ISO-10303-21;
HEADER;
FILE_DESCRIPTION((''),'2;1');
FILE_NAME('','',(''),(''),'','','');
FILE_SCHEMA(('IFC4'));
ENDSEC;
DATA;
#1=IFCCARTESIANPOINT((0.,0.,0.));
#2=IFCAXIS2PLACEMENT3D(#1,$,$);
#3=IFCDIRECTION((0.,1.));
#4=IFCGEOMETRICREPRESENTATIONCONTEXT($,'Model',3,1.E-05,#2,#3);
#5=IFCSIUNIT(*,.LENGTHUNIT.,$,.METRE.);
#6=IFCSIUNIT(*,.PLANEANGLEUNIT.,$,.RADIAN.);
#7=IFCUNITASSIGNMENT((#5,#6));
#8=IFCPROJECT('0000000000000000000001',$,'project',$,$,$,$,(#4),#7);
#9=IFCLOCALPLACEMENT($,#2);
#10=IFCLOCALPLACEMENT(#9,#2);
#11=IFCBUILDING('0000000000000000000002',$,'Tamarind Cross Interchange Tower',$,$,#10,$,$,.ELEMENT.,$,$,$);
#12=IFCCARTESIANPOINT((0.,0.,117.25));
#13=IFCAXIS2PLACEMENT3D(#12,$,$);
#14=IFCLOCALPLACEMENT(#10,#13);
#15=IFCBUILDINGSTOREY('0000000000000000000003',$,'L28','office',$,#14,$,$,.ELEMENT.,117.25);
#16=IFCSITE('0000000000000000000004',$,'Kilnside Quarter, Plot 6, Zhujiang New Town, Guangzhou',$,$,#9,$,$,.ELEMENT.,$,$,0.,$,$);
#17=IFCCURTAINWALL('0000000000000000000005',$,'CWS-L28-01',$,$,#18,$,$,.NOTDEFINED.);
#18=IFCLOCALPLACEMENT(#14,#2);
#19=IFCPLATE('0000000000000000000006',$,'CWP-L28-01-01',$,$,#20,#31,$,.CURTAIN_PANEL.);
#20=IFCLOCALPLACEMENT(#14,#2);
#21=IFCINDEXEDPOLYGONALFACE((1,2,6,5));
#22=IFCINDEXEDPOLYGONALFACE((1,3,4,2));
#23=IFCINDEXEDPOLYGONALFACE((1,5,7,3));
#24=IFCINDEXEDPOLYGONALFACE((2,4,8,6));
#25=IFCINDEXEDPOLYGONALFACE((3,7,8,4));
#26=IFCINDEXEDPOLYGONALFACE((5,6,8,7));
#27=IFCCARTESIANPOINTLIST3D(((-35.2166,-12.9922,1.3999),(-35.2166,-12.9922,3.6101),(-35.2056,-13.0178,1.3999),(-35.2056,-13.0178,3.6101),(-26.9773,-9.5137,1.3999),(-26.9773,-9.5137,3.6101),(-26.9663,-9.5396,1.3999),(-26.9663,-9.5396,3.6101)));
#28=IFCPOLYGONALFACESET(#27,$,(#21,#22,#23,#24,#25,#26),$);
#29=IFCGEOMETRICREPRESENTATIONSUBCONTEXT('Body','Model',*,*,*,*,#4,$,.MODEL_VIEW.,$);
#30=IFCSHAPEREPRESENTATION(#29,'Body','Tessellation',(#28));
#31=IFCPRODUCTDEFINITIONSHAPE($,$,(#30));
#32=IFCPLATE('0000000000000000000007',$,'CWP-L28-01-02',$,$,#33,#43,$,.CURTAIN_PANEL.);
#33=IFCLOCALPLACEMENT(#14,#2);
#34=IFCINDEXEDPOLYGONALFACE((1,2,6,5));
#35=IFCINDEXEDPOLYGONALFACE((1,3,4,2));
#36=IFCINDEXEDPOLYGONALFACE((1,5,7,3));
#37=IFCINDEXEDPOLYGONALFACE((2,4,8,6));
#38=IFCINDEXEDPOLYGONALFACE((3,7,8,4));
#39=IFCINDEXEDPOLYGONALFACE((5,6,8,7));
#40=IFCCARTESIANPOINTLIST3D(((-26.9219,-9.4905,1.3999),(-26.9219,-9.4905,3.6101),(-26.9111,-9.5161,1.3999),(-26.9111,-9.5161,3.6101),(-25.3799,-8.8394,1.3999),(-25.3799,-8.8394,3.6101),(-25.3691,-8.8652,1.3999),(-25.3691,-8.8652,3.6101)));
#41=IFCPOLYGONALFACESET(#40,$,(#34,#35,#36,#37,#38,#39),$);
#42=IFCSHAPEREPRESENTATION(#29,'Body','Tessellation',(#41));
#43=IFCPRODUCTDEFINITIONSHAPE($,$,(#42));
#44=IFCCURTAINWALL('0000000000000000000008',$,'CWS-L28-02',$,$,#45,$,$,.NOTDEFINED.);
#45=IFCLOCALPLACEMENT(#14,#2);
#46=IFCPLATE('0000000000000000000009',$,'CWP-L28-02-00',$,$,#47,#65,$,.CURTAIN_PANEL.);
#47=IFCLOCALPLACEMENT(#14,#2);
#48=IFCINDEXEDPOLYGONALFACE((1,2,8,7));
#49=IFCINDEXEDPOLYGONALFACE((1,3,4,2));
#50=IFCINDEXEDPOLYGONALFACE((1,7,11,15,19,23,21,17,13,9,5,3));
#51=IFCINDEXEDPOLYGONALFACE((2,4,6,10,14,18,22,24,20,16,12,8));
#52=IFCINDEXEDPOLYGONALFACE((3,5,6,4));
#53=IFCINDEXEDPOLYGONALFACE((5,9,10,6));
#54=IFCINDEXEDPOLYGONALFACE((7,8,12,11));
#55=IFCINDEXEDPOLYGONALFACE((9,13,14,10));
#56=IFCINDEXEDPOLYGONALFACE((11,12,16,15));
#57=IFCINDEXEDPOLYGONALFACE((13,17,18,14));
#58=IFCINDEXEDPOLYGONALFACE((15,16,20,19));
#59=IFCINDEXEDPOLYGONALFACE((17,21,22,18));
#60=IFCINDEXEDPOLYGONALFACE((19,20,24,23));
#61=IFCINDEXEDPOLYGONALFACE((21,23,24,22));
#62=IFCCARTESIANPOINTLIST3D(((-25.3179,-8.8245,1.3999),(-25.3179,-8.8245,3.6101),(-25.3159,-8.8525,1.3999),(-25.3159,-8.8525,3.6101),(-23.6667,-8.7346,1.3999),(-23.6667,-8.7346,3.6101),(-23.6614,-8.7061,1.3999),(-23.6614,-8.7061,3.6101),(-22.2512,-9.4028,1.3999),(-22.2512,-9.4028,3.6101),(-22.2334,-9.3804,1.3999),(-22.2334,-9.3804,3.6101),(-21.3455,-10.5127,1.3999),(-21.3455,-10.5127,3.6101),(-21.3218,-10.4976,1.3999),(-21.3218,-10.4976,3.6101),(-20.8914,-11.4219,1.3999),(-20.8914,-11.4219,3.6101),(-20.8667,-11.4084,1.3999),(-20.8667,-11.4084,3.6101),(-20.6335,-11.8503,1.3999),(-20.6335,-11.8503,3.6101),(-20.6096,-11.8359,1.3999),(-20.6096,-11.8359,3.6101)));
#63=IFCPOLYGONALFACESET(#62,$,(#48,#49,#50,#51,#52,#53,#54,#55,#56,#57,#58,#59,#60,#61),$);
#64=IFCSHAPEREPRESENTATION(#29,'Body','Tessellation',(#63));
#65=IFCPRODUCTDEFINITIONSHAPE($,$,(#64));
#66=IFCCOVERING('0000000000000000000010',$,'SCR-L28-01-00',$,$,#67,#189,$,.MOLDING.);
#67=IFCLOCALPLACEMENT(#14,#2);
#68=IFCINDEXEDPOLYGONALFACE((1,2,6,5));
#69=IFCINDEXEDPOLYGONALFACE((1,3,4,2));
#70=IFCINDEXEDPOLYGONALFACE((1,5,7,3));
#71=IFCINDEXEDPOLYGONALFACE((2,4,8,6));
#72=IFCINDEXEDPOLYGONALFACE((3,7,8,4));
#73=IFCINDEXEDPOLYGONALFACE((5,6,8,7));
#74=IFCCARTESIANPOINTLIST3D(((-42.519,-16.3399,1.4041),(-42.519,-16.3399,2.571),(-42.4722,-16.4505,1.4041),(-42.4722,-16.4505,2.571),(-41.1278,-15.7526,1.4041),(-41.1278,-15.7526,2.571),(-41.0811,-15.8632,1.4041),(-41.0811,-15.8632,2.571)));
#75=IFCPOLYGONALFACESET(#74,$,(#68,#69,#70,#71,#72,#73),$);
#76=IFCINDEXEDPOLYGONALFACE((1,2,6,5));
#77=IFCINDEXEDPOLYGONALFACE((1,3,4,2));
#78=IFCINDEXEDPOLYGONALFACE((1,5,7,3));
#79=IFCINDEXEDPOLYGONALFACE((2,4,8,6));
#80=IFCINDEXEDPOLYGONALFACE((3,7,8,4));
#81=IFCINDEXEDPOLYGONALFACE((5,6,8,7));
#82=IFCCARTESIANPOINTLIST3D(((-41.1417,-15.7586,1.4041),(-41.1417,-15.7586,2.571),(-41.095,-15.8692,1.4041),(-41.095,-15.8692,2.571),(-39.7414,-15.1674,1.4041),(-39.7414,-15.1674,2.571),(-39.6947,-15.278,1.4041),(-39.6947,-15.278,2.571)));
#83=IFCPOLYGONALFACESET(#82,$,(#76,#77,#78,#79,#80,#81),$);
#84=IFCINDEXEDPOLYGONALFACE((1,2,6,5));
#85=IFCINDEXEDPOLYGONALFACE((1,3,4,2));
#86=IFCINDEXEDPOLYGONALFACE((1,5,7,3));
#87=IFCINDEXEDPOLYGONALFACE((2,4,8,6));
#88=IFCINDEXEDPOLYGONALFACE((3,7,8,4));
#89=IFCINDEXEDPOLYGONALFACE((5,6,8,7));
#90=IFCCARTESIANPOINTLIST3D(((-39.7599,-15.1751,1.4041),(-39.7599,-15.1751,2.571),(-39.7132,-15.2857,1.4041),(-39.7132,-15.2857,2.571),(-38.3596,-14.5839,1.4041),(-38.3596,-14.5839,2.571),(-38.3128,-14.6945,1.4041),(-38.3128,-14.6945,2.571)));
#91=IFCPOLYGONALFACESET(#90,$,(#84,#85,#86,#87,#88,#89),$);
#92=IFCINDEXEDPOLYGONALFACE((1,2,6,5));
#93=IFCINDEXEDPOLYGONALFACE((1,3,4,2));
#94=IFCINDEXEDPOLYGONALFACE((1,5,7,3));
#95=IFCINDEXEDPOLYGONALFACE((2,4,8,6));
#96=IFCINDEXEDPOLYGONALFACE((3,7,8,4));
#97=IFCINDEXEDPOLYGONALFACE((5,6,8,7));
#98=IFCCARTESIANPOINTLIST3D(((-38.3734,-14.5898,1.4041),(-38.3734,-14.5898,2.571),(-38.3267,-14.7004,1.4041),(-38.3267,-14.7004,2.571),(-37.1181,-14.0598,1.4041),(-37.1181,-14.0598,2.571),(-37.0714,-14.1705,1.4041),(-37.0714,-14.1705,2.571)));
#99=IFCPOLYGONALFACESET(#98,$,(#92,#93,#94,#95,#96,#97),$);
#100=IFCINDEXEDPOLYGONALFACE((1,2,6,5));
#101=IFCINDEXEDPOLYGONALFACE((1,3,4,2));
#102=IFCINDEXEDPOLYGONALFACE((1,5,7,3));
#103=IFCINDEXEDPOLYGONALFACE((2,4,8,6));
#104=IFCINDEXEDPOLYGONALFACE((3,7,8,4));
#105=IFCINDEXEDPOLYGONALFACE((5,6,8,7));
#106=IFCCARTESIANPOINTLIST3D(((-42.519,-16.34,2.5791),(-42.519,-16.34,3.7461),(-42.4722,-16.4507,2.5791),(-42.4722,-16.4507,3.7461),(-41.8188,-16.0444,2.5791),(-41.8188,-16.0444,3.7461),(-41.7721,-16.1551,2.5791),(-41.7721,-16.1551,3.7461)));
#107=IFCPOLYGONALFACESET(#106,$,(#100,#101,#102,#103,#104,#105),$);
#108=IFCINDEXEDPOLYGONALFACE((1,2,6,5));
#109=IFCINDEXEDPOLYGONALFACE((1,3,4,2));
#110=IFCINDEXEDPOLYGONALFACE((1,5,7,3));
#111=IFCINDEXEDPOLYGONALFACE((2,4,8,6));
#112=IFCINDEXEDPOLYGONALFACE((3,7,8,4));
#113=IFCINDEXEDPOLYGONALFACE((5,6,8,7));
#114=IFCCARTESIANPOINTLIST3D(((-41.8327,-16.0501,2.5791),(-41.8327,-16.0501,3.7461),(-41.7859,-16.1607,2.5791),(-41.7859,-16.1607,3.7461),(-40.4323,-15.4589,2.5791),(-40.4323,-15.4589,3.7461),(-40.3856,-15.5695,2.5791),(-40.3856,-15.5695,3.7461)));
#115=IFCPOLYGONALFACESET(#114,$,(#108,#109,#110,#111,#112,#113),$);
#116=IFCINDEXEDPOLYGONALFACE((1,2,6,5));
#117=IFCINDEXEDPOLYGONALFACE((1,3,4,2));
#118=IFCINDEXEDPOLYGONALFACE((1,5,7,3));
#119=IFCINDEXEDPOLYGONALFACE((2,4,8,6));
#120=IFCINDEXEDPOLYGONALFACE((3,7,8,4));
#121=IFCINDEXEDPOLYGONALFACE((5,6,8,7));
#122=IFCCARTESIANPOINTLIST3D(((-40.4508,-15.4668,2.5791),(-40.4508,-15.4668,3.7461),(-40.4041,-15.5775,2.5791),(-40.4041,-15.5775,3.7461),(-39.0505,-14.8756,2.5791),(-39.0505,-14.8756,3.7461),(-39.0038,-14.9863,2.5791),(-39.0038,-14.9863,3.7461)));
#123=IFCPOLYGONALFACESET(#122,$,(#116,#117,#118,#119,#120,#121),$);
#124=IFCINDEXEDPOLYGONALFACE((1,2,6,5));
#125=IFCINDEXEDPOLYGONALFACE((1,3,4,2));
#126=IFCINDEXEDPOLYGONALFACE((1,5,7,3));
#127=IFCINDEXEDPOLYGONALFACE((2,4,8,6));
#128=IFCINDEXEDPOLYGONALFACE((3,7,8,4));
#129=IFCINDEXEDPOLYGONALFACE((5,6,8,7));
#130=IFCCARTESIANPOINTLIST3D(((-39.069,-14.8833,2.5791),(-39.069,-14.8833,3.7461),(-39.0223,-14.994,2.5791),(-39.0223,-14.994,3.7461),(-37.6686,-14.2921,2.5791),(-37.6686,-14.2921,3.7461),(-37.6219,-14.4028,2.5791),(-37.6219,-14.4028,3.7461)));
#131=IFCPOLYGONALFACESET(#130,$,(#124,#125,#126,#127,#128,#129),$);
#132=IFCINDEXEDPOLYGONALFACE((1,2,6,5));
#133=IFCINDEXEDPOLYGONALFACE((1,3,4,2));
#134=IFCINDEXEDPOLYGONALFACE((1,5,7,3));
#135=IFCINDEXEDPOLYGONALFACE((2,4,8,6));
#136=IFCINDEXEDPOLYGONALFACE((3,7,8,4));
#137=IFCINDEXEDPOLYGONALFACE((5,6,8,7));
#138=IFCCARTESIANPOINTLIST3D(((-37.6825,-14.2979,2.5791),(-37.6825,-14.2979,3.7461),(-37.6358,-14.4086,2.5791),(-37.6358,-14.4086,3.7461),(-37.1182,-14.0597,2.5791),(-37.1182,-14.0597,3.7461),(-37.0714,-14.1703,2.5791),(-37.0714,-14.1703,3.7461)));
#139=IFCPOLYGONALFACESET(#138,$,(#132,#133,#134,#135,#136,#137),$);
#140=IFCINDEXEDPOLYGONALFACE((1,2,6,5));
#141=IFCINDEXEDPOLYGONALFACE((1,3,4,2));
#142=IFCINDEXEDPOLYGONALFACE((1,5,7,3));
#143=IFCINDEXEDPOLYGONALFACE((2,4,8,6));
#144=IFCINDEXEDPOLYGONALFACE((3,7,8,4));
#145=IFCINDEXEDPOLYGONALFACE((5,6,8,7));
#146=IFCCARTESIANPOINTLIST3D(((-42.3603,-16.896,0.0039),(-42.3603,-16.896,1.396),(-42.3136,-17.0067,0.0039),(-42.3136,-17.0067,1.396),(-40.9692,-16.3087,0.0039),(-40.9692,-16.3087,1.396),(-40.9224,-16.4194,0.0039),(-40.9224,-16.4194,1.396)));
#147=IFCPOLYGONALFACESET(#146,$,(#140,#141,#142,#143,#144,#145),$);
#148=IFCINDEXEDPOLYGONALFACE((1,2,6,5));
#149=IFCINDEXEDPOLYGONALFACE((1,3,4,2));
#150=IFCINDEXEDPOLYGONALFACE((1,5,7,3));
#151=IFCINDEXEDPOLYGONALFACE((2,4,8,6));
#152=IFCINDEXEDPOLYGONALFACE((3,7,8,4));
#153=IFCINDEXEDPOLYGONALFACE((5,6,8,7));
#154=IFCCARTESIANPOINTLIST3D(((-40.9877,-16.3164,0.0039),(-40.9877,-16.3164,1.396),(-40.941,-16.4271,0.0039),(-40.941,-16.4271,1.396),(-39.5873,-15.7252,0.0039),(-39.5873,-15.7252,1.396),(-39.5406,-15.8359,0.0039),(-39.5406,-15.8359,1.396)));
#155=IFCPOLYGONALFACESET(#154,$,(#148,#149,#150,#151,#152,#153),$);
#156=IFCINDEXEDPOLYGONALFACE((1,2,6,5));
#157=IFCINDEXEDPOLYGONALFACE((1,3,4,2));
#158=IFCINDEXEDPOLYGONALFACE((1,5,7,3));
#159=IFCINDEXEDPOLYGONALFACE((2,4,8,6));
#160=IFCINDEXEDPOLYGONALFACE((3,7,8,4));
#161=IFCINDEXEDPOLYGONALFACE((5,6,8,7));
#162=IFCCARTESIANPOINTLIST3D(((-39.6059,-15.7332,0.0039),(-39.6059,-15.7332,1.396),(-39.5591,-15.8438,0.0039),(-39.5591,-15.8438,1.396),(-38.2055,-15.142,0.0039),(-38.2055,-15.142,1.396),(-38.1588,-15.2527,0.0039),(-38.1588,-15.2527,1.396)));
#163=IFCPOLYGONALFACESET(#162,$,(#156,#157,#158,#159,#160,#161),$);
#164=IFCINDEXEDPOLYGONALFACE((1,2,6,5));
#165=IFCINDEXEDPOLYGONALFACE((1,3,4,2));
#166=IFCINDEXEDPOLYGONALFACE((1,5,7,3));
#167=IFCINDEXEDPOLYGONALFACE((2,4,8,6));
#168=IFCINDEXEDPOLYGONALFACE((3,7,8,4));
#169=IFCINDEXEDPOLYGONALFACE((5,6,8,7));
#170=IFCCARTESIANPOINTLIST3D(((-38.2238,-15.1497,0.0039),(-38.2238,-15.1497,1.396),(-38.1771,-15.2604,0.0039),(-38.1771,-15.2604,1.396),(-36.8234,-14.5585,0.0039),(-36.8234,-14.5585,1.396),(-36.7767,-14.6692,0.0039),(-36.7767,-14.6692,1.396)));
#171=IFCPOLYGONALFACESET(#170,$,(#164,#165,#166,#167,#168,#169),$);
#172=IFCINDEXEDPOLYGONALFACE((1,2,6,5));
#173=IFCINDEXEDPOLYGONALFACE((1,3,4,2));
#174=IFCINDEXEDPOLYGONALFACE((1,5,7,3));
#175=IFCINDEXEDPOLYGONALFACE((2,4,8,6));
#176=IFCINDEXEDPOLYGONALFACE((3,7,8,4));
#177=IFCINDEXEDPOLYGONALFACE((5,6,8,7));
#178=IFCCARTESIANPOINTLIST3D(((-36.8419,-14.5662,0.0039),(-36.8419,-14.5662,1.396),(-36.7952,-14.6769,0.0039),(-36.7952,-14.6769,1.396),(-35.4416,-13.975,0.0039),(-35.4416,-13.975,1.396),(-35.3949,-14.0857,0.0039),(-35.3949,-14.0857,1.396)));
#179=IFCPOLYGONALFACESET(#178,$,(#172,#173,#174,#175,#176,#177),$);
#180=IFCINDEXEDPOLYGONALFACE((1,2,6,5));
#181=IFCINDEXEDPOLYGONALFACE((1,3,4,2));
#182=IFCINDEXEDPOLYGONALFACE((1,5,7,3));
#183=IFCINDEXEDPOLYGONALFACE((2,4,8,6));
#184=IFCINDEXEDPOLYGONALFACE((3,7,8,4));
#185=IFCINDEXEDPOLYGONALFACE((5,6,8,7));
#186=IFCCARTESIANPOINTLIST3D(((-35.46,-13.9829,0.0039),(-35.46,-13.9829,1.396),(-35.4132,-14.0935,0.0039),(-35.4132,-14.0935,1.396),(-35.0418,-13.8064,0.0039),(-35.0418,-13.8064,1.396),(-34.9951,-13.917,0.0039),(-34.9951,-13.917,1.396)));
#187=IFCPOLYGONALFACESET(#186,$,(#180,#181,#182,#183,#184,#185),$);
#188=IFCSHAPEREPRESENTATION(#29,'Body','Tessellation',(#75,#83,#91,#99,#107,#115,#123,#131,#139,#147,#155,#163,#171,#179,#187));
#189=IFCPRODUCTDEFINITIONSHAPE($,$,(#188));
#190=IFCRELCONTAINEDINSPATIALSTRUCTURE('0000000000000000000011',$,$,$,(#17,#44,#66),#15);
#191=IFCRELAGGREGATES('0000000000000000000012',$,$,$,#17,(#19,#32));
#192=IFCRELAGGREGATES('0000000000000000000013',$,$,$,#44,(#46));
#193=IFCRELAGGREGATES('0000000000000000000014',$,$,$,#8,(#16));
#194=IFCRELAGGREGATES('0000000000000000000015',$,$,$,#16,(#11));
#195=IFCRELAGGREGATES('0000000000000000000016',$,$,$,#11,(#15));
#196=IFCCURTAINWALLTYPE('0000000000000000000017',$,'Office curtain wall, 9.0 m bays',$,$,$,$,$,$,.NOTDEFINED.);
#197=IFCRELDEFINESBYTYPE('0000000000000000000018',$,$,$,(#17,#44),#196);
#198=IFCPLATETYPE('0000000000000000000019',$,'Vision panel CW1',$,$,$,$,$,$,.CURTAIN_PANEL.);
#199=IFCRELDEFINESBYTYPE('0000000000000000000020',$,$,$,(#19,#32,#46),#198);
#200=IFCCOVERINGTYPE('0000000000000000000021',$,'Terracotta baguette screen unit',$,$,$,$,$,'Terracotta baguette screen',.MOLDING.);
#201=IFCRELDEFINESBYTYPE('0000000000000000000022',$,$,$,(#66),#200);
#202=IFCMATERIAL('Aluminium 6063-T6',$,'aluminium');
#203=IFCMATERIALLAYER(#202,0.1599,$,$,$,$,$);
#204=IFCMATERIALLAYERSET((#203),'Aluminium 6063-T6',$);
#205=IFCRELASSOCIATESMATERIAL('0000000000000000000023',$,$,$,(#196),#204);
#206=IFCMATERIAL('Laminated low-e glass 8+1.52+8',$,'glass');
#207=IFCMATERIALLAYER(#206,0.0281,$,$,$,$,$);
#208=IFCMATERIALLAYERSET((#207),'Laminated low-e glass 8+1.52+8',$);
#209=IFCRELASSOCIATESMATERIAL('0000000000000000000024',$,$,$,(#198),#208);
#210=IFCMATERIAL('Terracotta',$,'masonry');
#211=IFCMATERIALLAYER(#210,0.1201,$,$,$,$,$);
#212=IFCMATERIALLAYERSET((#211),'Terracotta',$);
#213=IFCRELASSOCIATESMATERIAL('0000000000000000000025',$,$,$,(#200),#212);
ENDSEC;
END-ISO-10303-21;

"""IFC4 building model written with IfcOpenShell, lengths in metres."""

from ifc_helpers import new_model, si_unit, direction, frame, origin, origin_2d, place, context, subcontext, project, spatial, polyline, rectangle, outline, extrude, material, layer, layer_set, type_object, element, aggregate, save


model = new_model("IFC4")

# Units and contexts
model_context = context("Model", 3, precision=1e-05, world=origin(), true_north=direction((0.0, 1.0)))
body_context = subcontext(model_context, "Body", "Model", "MODEL_VIEW")
ifc_project = project(units=[si_unit("LENGTHUNIT", "METRE"), si_unit("PLANEANGLEUNIT", "RADIAN")], contexts=[model_context])

# Site, building, storey
site_placement = place(None, origin())
site = spatial("IfcSite", under=ifc_project, at=site_placement, Name="Kilnside Quarter, Plot 6, Zhujiang New Town, Guangzhou", CompositionType="ELEMENT", RefElevation=0.0)
building_placement = place(site_placement, origin())
building = spatial("IfcBuilding", under=site, at=building_placement, Name="Tamarind Cross Interchange Tower", CompositionType="ELEMENT")
storey_placement = place(building_placement, frame((0.0, 0.0, 117.25)))
storey = spatial("IfcBuildingStorey", under=building, at=storey_placement, Name="L28", Description="office", CompositionType="ELEMENT", Elevation=117.25)

# Curtain wall
ifc_material_1 = material(Name="Aluminium 6063-T6", Category="aluminium")
ifc_layer_1 = layer(ifc_material_1, 0.1599)
ifc_layer_set_1 = layer_set([ifc_layer_1], Name="Aluminium 6063-T6")
curtain_wall_type = type_object("IfcCurtainWallType", Name="Office curtain wall, 9.0 m bays", PredefinedType="NOTDEFINED", material=ifc_layer_set_1)
curtain_wall_1_placement = place(storey_placement, origin())
curtain_wall_1 = element("IfcCurtainWall", 1, at=curtain_wall_1_placement, inside=storey, type_object=curtain_wall_type, Name="CWS-L28-01", PredefinedType="NOTDEFINED")

# Plates
ifc_material_2 = material(Name="Laminated low-e glass 8+1.52+8", Category="glass")
ifc_layer_2 = layer(ifc_material_2, 0.0281)
ifc_layer_set_2 = layer_set([ifc_layer_2], Name="Laminated low-e glass 8+1.52+8")
plate_type = type_object("IfcPlateType", Name="Vision panel CW1", PredefinedType="CURTAIN_PANEL", material=ifc_layer_set_2)
plate_1_placement = place(storey_placement, frame((0.0, 0.0, 1.3999)))
plate_1 = element("IfcPlate", 2, at=plate_1_placement, type_object=plate_type, Name="CWP-L28-01-01", PredefinedType="CURTAIN_PANEL", context=body_context, shape_type="SweptSolid", body=[
    extrude(outline(polyline([(-35.2166, -12.9922), (-26.9773, -9.5137), (-26.9663, -9.5396), (-35.2056, -13.0178), (-35.2166, -12.9922)])), origin(), (0.0, 0.0, 1.0), 2.2102),
])
plate_2_placement = place(storey_placement, frame((0.0, 0.0, 1.3999)))
plate_2 = element("IfcPlate", 3, at=plate_2_placement, type_object=plate_type, Name="CWP-L28-01-02", PredefinedType="CURTAIN_PANEL", context=body_context, shape_type="SweptSolid", body=[
    extrude(outline(polyline([(-26.9219, -9.4905), (-25.3799, -8.8394), (-25.3691, -8.8652), (-26.9111, -9.5161), (-26.9219, -9.4905)])), origin(), (0.0, 0.0, 1.0), 2.2102),
])
aggregate(curtain_wall_1, [plate_1, plate_2])

# Curtain wall, plate
curtain_wall_2_placement = place(storey_placement, origin())
curtain_wall_2 = element("IfcCurtainWall", 4, at=curtain_wall_2_placement, inside=storey, type_object=curtain_wall_type, Name="CWS-L28-02", PredefinedType="NOTDEFINED")
plate_3_placement = place(storey_placement, frame((0.0, 0.0, 1.3999)))
plate_3 = element("IfcPlate", 5, at=plate_3_placement, type_object=plate_type, Name="CWP-L28-02-00", PredefinedType="CURTAIN_PANEL", context=body_context, shape_type="SweptSolid", body=[
    extrude(outline(polyline([(-25.3179, -8.8245), (-23.6614, -8.7061), (-22.2334, -9.3804), (-21.3218, -10.4976), (-20.8667, -11.4084), (-20.6096, -11.8359), (-20.6335, -11.8503), (-20.8914, -11.4219), (-21.3455, -10.5127), (-22.2512, -9.4028), (-23.6667, -8.7346), (-25.3159, -8.8525), (-25.3179, -8.8245)])), origin(), (0.0, 0.0, 1.0), 2.2102),
])
aggregate(curtain_wall_2, [plate_3])

# Covering
ifc_material_3 = material(Name="Terracotta", Category="masonry")
ifc_layer_3 = layer(ifc_material_3, 0.1201)
ifc_layer_set_3 = layer_set([ifc_layer_3], Name="Terracotta")
covering_type = type_object("IfcCoveringType", Name="Terracotta baguette screen unit", ElementType="Terracotta baguette screen", PredefinedType="MOLDING", material=ifc_layer_set_3)
covering_1_placement = place(storey_placement, origin())
element("IfcCovering", 6, at=covering_1_placement, inside=storey, type_object=covering_type, Name="SCR-L28-01-00", PredefinedType="MOLDING", context=body_context, shape_type="SweptSolid", body=[
    extrude(rectangle(XDim=1.51, YDim=0.1201, at=origin_2d()), frame((-41.8, -16.1016, 1.4041), z_axis=(0.0, 0.0, 1.0), x_axis=(0.921264, 0.388939, 0.0)), (0.0, 0.0, 1.0), 1.167),
    extrude(rectangle(XDim=1.52, YDim=0.1201, at=origin_2d()), frame((-40.4182, -15.5183, 1.4041), z_axis=(0.0, 0.0, 1.0), x_axis=(0.921264, 0.388939, 0.0)), (0.0, 0.0, 1.0), 1.167),
    extrude(rectangle(XDim=1.52, YDim=0.1201, at=origin_2d()), frame((-39.0364, -14.9348, 1.4041), z_axis=(0.0, 0.0, 1.0), x_axis=(0.921264, 0.388939, 0.0)), (0.0, 0.0, 1.0), 1.167),
    extrude(rectangle(XDim=1.3625, YDim=0.1201, at=origin_2d()), frame((-37.7224, -14.3801, 1.4041), z_axis=(0.0, 0.0, 1.0), x_axis=(0.921264, 0.388939, 0.0)), (0.0, 0.0, 1.0), 1.167),
    extrude(rectangle(XDim=0.76, YDim=0.1201, at=origin_2d()), frame((-42.1455, -16.2476, 2.5791), z_axis=(0.0, 0.0, 1.0), x_axis=(0.921264, 0.388939, 0.0)), (0.0, 0.0, 1.0), 1.167),
    extrude(rectangle(XDim=1.52, YDim=0.1201, at=origin_2d()), frame((-41.1091, -15.8098, 2.5791), z_axis=(0.0, 0.0, 1.0), x_axis=(0.921264, 0.388939, 0.0)), (0.0, 0.0, 1.0), 1.167),
    extrude(rectangle(XDim=1.52, YDim=0.1201, at=origin_2d()), frame((-39.7273, -15.2266, 2.5791), z_axis=(0.0, 0.0, 1.0), x_axis=(0.921264, 0.388939, 0.0)), (0.0, 0.0, 1.0), 1.167),
    extrude(rectangle(XDim=1.52, YDim=0.1201, at=origin_2d()), frame((-38.3455, -14.6431, 2.5791), z_axis=(0.0, 0.0, 1.0), x_axis=(0.921264, 0.388939, 0.0)), (0.0, 0.0, 1.0), 1.167),
    extrude(rectangle(XDim=0.6125, YDim=0.1201, at=origin_2d()), frame((-37.377, -14.2341, 2.5791), z_axis=(0.0, 0.0, 1.0), x_axis=(0.921264, 0.388939, 0.0)), (0.0, 0.0, 1.0), 1.167),
    extrude(rectangle(XDim=1.51, YDim=0.1201, at=origin_2d()), frame((-41.6414, -16.6577, 0.0039), z_axis=(0.0, 0.0, 1.0), x_axis=(0.921264, 0.388939, 0.0)), (0.0, 0.0, 1.0), 1.3921),
    extrude(rectangle(XDim=1.52, YDim=0.1201, at=origin_2d()), frame((-40.2642, -16.0762, 0.0039), z_axis=(0.0, 0.0, 1.0), x_axis=(0.921264, 0.388939, 0.0)), (0.0, 0.0, 1.0), 1.3921),
    extrude(rectangle(XDim=1.52, YDim=0.1201, at=origin_2d()), frame((-38.8823, -15.4929, 0.0039), z_axis=(0.0, 0.0, 1.0), x_axis=(0.921264, 0.388939, 0.0)), (0.0, 0.0, 1.0), 1.3921),
    extrude(rectangle(XDim=1.52, YDim=0.1201, at=origin_2d()), frame((-37.5002, -14.9094, 0.0039), z_axis=(0.0, 0.0, 1.0), x_axis=(0.921264, 0.388939, 0.0)), (0.0, 0.0, 1.0), 1.3921),
    extrude(rectangle(XDim=1.52, YDim=0.1201, at=origin_2d()), frame((-36.1184, -14.3259, 0.0039), z_axis=(0.0, 0.0, 1.0), x_axis=(0.921264, 0.388939, 0.0)), (0.0, 0.0, 1.0), 1.3921),
    extrude(rectangle(XDim=0.4539, YDim=0.1201, at=origin_2d()), frame((-35.2275, -13.95, 0.0039), z_axis=(0.0, 0.0, 1.0), x_axis=(0.921264, 0.388939, 0.0)), (0.0, 0.0, 1.0), 1.3921),
])

save(model, "model.ifc")
